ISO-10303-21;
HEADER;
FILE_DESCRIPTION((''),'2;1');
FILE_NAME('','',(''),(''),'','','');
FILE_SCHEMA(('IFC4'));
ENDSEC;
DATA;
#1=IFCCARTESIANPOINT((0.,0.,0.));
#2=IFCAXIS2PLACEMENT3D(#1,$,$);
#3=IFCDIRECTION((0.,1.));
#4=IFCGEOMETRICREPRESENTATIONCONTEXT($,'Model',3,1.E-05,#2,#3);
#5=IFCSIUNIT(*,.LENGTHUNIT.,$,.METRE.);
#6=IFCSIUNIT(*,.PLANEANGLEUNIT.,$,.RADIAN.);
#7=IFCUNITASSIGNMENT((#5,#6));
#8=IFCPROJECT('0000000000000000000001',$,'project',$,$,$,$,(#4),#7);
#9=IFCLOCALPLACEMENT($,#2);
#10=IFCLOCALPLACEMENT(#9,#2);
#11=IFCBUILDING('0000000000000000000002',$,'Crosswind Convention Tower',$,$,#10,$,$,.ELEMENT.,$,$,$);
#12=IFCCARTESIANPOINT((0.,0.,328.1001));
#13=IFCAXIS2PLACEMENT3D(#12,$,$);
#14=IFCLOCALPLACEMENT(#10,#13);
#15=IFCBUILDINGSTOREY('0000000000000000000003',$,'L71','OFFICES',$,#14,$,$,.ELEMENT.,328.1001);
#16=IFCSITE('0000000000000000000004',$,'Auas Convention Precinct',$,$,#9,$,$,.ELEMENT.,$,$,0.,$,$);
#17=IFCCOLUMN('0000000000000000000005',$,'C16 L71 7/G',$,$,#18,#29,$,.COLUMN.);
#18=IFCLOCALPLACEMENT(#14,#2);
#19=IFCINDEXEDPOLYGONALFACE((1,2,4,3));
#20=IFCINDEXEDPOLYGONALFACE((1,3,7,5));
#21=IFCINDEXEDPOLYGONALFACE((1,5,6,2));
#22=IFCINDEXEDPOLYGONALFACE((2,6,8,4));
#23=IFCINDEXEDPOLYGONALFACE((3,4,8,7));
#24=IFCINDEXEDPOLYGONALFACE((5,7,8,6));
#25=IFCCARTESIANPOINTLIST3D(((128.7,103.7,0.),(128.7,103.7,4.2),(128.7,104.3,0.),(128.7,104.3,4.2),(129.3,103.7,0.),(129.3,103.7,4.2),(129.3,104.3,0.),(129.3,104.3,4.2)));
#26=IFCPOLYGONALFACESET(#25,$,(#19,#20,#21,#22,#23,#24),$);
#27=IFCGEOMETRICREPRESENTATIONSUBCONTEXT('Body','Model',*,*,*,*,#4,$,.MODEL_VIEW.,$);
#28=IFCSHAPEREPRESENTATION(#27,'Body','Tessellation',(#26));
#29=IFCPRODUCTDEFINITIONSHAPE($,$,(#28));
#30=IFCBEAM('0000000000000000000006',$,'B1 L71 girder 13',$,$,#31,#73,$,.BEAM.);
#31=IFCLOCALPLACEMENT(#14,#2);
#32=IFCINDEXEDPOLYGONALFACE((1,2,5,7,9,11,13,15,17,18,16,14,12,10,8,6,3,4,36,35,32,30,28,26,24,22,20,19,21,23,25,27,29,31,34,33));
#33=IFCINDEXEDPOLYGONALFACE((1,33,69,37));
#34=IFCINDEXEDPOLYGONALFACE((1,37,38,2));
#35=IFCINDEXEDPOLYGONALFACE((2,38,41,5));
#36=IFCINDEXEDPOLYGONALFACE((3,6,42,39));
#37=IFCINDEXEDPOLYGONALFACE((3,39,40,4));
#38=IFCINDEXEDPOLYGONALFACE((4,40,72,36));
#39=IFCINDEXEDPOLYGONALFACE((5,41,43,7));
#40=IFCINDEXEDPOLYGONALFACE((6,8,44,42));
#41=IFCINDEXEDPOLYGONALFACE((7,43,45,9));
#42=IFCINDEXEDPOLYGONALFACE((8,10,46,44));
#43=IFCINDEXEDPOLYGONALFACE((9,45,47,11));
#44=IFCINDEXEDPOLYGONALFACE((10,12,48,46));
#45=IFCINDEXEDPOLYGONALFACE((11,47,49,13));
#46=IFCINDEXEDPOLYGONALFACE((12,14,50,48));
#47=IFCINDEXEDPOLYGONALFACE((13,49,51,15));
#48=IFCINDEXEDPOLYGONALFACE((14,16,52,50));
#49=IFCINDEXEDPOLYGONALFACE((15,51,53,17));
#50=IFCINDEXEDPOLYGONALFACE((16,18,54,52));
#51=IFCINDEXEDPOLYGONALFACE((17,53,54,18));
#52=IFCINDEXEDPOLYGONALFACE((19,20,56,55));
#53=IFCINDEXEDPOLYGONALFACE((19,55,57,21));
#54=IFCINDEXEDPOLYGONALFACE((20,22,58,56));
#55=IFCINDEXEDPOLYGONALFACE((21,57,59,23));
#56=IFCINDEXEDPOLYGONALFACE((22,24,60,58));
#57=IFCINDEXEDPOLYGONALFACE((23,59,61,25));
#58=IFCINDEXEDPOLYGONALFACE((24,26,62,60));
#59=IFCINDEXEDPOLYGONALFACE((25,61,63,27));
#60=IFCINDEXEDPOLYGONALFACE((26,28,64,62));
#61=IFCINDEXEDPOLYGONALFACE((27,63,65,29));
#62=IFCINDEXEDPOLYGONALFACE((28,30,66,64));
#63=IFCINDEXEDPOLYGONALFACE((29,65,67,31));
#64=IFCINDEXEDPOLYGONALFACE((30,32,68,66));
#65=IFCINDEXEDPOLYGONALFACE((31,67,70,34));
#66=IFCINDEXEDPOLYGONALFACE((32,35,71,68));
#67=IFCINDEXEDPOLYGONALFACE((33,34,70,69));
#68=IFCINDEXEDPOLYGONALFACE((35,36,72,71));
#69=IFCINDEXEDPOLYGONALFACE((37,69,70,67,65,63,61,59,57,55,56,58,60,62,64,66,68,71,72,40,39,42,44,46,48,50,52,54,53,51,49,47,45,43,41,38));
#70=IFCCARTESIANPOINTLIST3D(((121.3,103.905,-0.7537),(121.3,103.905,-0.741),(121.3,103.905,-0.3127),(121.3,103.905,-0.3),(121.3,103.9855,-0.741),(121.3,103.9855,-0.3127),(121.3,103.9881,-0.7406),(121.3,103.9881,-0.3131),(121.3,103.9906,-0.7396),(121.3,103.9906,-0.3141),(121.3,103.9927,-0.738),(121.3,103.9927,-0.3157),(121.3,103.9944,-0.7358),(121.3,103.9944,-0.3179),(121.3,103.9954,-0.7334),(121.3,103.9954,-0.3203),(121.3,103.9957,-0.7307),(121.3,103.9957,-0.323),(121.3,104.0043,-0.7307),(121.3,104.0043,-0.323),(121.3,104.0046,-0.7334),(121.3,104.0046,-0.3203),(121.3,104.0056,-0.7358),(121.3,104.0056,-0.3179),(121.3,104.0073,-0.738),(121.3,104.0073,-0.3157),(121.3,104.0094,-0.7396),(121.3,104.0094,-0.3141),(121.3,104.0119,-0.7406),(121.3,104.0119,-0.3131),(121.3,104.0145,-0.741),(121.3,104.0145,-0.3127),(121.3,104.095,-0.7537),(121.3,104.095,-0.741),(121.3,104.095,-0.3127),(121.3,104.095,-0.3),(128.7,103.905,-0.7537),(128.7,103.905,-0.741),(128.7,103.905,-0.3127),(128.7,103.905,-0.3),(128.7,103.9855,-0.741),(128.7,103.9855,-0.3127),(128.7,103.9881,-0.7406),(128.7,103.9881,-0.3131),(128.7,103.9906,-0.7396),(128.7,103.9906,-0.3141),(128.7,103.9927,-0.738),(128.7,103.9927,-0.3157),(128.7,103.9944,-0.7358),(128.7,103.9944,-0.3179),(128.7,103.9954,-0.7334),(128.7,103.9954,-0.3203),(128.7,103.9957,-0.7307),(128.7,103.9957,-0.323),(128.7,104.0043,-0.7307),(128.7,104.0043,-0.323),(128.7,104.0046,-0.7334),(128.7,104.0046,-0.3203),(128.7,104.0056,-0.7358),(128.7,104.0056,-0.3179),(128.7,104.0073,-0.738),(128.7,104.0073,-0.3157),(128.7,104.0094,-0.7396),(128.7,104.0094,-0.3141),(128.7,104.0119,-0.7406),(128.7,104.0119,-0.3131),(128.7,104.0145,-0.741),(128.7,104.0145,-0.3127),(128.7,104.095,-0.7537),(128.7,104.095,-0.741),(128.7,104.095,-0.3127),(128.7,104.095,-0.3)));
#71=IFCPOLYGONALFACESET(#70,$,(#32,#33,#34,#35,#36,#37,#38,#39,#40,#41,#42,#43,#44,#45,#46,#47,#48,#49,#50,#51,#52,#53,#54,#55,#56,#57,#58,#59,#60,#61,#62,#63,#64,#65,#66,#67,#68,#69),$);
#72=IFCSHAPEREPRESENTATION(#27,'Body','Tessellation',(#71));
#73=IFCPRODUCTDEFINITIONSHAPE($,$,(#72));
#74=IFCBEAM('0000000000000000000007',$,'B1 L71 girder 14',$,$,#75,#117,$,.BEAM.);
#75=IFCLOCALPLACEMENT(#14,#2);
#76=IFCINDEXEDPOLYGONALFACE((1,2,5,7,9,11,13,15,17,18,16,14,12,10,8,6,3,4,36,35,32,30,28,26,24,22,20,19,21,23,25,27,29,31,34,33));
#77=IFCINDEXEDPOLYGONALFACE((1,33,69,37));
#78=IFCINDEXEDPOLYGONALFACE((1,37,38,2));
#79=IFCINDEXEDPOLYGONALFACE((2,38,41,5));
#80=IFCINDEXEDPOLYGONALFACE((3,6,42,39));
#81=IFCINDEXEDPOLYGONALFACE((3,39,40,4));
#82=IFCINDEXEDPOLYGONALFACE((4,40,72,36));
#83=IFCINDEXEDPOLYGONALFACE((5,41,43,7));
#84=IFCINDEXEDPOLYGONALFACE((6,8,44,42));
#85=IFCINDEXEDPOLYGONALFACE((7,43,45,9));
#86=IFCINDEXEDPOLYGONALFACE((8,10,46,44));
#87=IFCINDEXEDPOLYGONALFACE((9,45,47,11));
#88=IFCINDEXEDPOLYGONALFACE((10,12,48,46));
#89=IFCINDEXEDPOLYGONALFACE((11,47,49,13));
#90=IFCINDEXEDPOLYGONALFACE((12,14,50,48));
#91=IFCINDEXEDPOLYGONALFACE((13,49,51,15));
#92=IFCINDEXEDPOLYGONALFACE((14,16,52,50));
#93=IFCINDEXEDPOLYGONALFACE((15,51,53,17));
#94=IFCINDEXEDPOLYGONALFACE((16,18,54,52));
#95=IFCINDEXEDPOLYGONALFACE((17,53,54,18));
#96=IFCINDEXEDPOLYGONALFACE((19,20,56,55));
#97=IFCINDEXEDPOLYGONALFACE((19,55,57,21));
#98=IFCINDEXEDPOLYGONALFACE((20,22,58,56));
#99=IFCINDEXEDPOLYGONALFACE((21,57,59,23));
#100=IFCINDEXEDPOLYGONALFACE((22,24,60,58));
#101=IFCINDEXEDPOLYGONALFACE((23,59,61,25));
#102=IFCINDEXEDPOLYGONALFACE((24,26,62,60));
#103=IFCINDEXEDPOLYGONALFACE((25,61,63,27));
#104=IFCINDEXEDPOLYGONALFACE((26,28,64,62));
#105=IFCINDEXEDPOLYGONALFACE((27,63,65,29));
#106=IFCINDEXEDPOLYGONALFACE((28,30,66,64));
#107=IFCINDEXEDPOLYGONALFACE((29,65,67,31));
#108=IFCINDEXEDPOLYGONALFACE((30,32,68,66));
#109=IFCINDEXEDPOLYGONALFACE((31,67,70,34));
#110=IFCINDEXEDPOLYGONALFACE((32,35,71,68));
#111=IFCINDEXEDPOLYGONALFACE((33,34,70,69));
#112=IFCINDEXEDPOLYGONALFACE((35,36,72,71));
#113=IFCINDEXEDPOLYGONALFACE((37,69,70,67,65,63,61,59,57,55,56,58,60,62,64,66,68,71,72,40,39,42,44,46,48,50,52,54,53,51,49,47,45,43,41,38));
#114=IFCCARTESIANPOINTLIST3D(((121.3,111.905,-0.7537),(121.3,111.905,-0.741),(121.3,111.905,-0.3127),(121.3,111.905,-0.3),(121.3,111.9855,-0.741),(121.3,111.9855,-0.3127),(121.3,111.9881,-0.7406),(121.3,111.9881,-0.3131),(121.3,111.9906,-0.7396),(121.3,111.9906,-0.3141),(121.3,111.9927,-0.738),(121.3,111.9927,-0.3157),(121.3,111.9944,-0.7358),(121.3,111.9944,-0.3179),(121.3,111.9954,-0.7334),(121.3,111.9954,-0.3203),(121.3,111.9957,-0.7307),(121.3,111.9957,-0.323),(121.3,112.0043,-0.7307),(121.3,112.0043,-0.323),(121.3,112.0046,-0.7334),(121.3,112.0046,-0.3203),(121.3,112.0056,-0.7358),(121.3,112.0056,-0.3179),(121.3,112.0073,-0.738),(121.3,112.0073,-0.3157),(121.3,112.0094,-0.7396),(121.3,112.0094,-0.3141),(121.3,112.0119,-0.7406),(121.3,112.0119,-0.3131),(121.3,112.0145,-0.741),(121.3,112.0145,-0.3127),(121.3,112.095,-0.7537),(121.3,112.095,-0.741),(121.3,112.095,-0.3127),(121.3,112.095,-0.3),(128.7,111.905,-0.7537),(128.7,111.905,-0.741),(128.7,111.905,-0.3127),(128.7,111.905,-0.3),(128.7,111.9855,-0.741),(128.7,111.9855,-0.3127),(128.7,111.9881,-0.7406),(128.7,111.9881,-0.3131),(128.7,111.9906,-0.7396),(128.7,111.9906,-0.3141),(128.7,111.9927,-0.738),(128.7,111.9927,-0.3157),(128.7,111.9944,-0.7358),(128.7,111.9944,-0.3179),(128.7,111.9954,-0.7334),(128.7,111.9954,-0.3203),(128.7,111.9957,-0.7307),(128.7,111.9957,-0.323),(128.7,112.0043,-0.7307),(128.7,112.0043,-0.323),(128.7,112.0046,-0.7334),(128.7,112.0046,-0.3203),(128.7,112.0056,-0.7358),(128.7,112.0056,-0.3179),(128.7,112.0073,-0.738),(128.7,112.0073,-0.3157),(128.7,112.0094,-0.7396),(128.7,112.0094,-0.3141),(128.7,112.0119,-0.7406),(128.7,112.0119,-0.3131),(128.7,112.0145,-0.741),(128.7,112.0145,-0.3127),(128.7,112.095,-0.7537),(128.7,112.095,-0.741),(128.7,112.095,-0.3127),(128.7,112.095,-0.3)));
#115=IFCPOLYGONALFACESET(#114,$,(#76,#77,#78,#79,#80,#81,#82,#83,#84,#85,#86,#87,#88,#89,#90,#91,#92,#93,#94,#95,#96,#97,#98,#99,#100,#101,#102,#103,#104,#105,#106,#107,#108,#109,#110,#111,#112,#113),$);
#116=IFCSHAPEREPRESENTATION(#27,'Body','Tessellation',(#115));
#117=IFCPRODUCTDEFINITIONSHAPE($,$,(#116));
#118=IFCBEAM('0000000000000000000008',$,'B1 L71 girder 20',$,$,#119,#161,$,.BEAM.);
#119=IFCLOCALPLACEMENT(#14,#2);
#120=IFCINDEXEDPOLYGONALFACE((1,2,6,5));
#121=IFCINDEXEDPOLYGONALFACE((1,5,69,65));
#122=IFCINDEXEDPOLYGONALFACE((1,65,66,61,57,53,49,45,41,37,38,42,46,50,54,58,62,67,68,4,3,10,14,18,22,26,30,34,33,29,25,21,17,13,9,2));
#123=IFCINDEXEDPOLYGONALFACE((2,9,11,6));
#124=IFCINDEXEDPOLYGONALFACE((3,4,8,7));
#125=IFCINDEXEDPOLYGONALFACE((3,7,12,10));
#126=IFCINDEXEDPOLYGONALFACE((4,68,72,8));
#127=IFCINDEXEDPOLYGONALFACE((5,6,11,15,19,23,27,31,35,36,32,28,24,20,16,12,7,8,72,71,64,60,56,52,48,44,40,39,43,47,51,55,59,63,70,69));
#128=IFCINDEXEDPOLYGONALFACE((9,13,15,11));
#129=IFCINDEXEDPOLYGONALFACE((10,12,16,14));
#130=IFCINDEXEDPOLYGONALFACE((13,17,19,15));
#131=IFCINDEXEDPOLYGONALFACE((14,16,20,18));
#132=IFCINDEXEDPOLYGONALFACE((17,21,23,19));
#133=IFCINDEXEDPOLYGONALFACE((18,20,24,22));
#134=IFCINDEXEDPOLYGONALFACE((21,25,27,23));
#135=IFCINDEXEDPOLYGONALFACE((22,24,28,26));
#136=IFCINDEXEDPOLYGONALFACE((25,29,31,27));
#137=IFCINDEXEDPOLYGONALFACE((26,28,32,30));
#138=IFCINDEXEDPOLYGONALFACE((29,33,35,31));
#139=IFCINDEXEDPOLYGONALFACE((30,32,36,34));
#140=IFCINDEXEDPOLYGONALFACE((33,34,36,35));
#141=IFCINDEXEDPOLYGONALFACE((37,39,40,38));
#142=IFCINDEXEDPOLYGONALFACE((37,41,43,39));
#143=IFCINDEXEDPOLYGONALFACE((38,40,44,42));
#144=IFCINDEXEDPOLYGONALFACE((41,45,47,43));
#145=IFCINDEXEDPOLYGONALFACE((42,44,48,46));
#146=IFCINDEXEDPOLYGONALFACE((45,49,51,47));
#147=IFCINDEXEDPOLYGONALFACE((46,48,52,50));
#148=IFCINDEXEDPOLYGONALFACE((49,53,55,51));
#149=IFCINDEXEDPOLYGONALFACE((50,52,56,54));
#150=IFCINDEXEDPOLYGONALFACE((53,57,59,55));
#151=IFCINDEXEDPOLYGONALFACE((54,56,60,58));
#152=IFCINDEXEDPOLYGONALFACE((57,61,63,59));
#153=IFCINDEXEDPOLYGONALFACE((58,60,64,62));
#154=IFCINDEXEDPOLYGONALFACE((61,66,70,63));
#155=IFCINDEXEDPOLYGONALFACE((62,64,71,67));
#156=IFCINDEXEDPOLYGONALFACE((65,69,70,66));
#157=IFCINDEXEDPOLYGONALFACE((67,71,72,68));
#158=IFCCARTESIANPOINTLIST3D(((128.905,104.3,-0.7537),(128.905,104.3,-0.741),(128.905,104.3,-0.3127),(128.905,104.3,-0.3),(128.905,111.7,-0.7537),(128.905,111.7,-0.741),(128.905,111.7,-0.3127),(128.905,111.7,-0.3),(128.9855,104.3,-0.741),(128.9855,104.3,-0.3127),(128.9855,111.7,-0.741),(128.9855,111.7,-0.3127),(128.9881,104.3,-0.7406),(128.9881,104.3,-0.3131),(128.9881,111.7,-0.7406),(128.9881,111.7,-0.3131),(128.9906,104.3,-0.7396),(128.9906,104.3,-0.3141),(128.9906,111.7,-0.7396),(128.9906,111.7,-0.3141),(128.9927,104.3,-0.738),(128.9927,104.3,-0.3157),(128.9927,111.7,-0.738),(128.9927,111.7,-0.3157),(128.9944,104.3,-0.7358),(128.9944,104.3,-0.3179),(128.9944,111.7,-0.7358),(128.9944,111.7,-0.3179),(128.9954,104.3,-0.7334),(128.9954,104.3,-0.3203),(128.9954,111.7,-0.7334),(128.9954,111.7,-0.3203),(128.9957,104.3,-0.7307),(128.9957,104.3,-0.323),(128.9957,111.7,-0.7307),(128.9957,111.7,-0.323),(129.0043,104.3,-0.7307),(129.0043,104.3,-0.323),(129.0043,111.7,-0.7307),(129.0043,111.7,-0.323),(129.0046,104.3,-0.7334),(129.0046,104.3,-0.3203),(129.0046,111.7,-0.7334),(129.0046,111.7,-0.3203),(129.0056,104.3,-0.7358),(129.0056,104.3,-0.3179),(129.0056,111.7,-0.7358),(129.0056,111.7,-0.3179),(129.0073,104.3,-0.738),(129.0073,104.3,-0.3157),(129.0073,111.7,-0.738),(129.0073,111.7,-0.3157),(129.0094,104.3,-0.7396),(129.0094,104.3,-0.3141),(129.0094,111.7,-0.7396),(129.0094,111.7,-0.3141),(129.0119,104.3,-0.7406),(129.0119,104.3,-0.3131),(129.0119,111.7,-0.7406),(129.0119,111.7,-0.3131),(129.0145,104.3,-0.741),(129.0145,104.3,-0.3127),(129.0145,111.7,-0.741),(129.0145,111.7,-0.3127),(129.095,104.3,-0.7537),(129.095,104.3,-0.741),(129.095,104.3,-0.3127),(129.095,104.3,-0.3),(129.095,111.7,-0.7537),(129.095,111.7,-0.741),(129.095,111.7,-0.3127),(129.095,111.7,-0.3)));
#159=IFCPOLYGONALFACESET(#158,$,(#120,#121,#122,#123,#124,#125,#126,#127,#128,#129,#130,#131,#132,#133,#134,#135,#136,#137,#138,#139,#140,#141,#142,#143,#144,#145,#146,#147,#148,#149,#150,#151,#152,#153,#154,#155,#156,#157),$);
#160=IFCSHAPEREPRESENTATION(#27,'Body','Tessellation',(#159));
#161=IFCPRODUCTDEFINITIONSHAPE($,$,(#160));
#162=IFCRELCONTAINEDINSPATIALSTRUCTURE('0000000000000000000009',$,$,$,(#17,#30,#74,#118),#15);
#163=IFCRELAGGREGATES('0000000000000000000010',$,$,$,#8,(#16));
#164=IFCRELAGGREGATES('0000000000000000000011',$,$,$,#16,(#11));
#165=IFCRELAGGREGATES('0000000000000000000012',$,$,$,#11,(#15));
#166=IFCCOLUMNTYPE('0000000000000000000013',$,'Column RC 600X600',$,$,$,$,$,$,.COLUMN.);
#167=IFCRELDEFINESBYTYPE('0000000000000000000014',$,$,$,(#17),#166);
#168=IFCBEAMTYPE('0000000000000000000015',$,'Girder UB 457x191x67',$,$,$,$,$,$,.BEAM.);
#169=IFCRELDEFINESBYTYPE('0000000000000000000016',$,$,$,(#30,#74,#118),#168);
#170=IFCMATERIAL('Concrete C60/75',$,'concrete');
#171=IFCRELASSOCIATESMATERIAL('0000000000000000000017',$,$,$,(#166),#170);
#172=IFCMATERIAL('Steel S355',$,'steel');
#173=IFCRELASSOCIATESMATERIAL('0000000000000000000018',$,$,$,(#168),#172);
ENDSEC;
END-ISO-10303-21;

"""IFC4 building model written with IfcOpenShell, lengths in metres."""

from ifc_helpers import new_model, si_unit, direction, frame, origin, origin_2d, place, context, subcontext, project, spatial, rectangle, i_section, extrude, material, material_profile, profile_set, type_object, element, save


model = new_model("IFC4")

# Units and contexts
model_context = context("Model", 3, precision=1e-05, world=origin(), true_north=direction((0.0, 1.0)))
body_context = subcontext(model_context, "Body", "Model", "MODEL_VIEW")
ifc_project = project(units=[si_unit("LENGTHUNIT", "METRE"), si_unit("PLANEANGLEUNIT", "RADIAN")], contexts=[model_context])

# Site, building, storey
site_placement = place(None, origin())
site = spatial("IfcSite", under=ifc_project, at=site_placement, Name="Auas Convention Precinct", CompositionType="ELEMENT", RefElevation=0.0)
building_placement = place(site_placement, origin())
building = spatial("IfcBuilding", under=site, at=building_placement, Name="Crosswind Convention Tower", CompositionType="ELEMENT")
storey_placement = place(building_placement, frame((0.0, 0.0, 328.1001)))
storey = spatial("IfcBuildingStorey", under=building, at=storey_placement, Name="L71", Description="OFFICES", CompositionType="ELEMENT", Elevation=328.1001)

# Column
ifc_material_1 = material(Name="Concrete C60/75", Category="concrete")
ifc_material_profile_1 = material_profile(ifc_material_1, rectangle(XDim=0.6001, YDim=0.6001, at=origin_2d()), Name="RC 600X600")
ifc_profile_set_1 = profile_set([ifc_material_profile_1], Name="Concrete C60/75")
column_type = type_object("IfcColumnType", Name="Column RC 600X600", PredefinedType="COLUMN", material=ifc_profile_set_1)
column_placement = place(storey_placement, frame((129.0, 104.0, 0.0), z_axis=(0.0, 0.0, 1.0), x_axis=(1.0, 0.0, 0.0)))
element("IfcColumn", 1, at=column_placement, inside=storey, type_object=column_type, Name="C16 L71 7/G", PredefinedType="COLUMN", context=body_context, shape_type="SweptSolid", body=[
    extrude(rectangle(XDim=0.6001, YDim=0.6001, at=origin_2d()), origin(), (0.0, 0.0, 1.0), 4.2),
])

# Beams
ifc_material_2 = material(Name="Steel S355", Category="steel")
ifc_material_profile_2 = material_profile(ifc_material_2, i_section(OverallWidth=0.1899, OverallDepth=0.4536, WebThickness=0.0085, FlangeThickness=0.0127, FilletRadius=0.0103, at=origin_2d()), Name="UB 457x191x67")
ifc_profile_set_2 = profile_set([ifc_material_profile_2], Name="Steel S355")
beam_type_1 = type_object("IfcBeamType", Name="Girder UB 457x191x67", PredefinedType="BEAM", material=ifc_profile_set_2)
for number, where, z_axis, x_axis, name in (
    (2, (121.3, 104.0, -0.5269), (1.0, 0.0, 0.0), (0.0, 1.0, 0.0), "B1 L71 girder 13"),
    (3, (121.3, 112.0, -0.5269), (1.0, 0.0, 0.0), (0.0, 1.0, 0.0), "B1 L71 girder 14"),
    (4, (129.0, 104.3, -0.5269), (0.0, 1.0, 0.0), (-1.0, 0.0, 0.0), "B1 L71 girder 20"),
):
    element("IfcBeam", number, at=place(storey_placement, frame(where, z_axis=z_axis, x_axis=x_axis)), inside=storey, type_object=beam_type_1, Name=name, PredefinedType="BEAM", context=body_context, shape_type="SweptSolid", body=[
        extrude(i_section(OverallWidth=0.1899, OverallDepth=0.4536, WebThickness=0.0085, FlangeThickness=0.0127, FilletRadius=0.0103, at=origin_2d()), origin(), (0.0, 0.0, 1.0), 7.3999),
    ])

save(model, "model.ifc")
